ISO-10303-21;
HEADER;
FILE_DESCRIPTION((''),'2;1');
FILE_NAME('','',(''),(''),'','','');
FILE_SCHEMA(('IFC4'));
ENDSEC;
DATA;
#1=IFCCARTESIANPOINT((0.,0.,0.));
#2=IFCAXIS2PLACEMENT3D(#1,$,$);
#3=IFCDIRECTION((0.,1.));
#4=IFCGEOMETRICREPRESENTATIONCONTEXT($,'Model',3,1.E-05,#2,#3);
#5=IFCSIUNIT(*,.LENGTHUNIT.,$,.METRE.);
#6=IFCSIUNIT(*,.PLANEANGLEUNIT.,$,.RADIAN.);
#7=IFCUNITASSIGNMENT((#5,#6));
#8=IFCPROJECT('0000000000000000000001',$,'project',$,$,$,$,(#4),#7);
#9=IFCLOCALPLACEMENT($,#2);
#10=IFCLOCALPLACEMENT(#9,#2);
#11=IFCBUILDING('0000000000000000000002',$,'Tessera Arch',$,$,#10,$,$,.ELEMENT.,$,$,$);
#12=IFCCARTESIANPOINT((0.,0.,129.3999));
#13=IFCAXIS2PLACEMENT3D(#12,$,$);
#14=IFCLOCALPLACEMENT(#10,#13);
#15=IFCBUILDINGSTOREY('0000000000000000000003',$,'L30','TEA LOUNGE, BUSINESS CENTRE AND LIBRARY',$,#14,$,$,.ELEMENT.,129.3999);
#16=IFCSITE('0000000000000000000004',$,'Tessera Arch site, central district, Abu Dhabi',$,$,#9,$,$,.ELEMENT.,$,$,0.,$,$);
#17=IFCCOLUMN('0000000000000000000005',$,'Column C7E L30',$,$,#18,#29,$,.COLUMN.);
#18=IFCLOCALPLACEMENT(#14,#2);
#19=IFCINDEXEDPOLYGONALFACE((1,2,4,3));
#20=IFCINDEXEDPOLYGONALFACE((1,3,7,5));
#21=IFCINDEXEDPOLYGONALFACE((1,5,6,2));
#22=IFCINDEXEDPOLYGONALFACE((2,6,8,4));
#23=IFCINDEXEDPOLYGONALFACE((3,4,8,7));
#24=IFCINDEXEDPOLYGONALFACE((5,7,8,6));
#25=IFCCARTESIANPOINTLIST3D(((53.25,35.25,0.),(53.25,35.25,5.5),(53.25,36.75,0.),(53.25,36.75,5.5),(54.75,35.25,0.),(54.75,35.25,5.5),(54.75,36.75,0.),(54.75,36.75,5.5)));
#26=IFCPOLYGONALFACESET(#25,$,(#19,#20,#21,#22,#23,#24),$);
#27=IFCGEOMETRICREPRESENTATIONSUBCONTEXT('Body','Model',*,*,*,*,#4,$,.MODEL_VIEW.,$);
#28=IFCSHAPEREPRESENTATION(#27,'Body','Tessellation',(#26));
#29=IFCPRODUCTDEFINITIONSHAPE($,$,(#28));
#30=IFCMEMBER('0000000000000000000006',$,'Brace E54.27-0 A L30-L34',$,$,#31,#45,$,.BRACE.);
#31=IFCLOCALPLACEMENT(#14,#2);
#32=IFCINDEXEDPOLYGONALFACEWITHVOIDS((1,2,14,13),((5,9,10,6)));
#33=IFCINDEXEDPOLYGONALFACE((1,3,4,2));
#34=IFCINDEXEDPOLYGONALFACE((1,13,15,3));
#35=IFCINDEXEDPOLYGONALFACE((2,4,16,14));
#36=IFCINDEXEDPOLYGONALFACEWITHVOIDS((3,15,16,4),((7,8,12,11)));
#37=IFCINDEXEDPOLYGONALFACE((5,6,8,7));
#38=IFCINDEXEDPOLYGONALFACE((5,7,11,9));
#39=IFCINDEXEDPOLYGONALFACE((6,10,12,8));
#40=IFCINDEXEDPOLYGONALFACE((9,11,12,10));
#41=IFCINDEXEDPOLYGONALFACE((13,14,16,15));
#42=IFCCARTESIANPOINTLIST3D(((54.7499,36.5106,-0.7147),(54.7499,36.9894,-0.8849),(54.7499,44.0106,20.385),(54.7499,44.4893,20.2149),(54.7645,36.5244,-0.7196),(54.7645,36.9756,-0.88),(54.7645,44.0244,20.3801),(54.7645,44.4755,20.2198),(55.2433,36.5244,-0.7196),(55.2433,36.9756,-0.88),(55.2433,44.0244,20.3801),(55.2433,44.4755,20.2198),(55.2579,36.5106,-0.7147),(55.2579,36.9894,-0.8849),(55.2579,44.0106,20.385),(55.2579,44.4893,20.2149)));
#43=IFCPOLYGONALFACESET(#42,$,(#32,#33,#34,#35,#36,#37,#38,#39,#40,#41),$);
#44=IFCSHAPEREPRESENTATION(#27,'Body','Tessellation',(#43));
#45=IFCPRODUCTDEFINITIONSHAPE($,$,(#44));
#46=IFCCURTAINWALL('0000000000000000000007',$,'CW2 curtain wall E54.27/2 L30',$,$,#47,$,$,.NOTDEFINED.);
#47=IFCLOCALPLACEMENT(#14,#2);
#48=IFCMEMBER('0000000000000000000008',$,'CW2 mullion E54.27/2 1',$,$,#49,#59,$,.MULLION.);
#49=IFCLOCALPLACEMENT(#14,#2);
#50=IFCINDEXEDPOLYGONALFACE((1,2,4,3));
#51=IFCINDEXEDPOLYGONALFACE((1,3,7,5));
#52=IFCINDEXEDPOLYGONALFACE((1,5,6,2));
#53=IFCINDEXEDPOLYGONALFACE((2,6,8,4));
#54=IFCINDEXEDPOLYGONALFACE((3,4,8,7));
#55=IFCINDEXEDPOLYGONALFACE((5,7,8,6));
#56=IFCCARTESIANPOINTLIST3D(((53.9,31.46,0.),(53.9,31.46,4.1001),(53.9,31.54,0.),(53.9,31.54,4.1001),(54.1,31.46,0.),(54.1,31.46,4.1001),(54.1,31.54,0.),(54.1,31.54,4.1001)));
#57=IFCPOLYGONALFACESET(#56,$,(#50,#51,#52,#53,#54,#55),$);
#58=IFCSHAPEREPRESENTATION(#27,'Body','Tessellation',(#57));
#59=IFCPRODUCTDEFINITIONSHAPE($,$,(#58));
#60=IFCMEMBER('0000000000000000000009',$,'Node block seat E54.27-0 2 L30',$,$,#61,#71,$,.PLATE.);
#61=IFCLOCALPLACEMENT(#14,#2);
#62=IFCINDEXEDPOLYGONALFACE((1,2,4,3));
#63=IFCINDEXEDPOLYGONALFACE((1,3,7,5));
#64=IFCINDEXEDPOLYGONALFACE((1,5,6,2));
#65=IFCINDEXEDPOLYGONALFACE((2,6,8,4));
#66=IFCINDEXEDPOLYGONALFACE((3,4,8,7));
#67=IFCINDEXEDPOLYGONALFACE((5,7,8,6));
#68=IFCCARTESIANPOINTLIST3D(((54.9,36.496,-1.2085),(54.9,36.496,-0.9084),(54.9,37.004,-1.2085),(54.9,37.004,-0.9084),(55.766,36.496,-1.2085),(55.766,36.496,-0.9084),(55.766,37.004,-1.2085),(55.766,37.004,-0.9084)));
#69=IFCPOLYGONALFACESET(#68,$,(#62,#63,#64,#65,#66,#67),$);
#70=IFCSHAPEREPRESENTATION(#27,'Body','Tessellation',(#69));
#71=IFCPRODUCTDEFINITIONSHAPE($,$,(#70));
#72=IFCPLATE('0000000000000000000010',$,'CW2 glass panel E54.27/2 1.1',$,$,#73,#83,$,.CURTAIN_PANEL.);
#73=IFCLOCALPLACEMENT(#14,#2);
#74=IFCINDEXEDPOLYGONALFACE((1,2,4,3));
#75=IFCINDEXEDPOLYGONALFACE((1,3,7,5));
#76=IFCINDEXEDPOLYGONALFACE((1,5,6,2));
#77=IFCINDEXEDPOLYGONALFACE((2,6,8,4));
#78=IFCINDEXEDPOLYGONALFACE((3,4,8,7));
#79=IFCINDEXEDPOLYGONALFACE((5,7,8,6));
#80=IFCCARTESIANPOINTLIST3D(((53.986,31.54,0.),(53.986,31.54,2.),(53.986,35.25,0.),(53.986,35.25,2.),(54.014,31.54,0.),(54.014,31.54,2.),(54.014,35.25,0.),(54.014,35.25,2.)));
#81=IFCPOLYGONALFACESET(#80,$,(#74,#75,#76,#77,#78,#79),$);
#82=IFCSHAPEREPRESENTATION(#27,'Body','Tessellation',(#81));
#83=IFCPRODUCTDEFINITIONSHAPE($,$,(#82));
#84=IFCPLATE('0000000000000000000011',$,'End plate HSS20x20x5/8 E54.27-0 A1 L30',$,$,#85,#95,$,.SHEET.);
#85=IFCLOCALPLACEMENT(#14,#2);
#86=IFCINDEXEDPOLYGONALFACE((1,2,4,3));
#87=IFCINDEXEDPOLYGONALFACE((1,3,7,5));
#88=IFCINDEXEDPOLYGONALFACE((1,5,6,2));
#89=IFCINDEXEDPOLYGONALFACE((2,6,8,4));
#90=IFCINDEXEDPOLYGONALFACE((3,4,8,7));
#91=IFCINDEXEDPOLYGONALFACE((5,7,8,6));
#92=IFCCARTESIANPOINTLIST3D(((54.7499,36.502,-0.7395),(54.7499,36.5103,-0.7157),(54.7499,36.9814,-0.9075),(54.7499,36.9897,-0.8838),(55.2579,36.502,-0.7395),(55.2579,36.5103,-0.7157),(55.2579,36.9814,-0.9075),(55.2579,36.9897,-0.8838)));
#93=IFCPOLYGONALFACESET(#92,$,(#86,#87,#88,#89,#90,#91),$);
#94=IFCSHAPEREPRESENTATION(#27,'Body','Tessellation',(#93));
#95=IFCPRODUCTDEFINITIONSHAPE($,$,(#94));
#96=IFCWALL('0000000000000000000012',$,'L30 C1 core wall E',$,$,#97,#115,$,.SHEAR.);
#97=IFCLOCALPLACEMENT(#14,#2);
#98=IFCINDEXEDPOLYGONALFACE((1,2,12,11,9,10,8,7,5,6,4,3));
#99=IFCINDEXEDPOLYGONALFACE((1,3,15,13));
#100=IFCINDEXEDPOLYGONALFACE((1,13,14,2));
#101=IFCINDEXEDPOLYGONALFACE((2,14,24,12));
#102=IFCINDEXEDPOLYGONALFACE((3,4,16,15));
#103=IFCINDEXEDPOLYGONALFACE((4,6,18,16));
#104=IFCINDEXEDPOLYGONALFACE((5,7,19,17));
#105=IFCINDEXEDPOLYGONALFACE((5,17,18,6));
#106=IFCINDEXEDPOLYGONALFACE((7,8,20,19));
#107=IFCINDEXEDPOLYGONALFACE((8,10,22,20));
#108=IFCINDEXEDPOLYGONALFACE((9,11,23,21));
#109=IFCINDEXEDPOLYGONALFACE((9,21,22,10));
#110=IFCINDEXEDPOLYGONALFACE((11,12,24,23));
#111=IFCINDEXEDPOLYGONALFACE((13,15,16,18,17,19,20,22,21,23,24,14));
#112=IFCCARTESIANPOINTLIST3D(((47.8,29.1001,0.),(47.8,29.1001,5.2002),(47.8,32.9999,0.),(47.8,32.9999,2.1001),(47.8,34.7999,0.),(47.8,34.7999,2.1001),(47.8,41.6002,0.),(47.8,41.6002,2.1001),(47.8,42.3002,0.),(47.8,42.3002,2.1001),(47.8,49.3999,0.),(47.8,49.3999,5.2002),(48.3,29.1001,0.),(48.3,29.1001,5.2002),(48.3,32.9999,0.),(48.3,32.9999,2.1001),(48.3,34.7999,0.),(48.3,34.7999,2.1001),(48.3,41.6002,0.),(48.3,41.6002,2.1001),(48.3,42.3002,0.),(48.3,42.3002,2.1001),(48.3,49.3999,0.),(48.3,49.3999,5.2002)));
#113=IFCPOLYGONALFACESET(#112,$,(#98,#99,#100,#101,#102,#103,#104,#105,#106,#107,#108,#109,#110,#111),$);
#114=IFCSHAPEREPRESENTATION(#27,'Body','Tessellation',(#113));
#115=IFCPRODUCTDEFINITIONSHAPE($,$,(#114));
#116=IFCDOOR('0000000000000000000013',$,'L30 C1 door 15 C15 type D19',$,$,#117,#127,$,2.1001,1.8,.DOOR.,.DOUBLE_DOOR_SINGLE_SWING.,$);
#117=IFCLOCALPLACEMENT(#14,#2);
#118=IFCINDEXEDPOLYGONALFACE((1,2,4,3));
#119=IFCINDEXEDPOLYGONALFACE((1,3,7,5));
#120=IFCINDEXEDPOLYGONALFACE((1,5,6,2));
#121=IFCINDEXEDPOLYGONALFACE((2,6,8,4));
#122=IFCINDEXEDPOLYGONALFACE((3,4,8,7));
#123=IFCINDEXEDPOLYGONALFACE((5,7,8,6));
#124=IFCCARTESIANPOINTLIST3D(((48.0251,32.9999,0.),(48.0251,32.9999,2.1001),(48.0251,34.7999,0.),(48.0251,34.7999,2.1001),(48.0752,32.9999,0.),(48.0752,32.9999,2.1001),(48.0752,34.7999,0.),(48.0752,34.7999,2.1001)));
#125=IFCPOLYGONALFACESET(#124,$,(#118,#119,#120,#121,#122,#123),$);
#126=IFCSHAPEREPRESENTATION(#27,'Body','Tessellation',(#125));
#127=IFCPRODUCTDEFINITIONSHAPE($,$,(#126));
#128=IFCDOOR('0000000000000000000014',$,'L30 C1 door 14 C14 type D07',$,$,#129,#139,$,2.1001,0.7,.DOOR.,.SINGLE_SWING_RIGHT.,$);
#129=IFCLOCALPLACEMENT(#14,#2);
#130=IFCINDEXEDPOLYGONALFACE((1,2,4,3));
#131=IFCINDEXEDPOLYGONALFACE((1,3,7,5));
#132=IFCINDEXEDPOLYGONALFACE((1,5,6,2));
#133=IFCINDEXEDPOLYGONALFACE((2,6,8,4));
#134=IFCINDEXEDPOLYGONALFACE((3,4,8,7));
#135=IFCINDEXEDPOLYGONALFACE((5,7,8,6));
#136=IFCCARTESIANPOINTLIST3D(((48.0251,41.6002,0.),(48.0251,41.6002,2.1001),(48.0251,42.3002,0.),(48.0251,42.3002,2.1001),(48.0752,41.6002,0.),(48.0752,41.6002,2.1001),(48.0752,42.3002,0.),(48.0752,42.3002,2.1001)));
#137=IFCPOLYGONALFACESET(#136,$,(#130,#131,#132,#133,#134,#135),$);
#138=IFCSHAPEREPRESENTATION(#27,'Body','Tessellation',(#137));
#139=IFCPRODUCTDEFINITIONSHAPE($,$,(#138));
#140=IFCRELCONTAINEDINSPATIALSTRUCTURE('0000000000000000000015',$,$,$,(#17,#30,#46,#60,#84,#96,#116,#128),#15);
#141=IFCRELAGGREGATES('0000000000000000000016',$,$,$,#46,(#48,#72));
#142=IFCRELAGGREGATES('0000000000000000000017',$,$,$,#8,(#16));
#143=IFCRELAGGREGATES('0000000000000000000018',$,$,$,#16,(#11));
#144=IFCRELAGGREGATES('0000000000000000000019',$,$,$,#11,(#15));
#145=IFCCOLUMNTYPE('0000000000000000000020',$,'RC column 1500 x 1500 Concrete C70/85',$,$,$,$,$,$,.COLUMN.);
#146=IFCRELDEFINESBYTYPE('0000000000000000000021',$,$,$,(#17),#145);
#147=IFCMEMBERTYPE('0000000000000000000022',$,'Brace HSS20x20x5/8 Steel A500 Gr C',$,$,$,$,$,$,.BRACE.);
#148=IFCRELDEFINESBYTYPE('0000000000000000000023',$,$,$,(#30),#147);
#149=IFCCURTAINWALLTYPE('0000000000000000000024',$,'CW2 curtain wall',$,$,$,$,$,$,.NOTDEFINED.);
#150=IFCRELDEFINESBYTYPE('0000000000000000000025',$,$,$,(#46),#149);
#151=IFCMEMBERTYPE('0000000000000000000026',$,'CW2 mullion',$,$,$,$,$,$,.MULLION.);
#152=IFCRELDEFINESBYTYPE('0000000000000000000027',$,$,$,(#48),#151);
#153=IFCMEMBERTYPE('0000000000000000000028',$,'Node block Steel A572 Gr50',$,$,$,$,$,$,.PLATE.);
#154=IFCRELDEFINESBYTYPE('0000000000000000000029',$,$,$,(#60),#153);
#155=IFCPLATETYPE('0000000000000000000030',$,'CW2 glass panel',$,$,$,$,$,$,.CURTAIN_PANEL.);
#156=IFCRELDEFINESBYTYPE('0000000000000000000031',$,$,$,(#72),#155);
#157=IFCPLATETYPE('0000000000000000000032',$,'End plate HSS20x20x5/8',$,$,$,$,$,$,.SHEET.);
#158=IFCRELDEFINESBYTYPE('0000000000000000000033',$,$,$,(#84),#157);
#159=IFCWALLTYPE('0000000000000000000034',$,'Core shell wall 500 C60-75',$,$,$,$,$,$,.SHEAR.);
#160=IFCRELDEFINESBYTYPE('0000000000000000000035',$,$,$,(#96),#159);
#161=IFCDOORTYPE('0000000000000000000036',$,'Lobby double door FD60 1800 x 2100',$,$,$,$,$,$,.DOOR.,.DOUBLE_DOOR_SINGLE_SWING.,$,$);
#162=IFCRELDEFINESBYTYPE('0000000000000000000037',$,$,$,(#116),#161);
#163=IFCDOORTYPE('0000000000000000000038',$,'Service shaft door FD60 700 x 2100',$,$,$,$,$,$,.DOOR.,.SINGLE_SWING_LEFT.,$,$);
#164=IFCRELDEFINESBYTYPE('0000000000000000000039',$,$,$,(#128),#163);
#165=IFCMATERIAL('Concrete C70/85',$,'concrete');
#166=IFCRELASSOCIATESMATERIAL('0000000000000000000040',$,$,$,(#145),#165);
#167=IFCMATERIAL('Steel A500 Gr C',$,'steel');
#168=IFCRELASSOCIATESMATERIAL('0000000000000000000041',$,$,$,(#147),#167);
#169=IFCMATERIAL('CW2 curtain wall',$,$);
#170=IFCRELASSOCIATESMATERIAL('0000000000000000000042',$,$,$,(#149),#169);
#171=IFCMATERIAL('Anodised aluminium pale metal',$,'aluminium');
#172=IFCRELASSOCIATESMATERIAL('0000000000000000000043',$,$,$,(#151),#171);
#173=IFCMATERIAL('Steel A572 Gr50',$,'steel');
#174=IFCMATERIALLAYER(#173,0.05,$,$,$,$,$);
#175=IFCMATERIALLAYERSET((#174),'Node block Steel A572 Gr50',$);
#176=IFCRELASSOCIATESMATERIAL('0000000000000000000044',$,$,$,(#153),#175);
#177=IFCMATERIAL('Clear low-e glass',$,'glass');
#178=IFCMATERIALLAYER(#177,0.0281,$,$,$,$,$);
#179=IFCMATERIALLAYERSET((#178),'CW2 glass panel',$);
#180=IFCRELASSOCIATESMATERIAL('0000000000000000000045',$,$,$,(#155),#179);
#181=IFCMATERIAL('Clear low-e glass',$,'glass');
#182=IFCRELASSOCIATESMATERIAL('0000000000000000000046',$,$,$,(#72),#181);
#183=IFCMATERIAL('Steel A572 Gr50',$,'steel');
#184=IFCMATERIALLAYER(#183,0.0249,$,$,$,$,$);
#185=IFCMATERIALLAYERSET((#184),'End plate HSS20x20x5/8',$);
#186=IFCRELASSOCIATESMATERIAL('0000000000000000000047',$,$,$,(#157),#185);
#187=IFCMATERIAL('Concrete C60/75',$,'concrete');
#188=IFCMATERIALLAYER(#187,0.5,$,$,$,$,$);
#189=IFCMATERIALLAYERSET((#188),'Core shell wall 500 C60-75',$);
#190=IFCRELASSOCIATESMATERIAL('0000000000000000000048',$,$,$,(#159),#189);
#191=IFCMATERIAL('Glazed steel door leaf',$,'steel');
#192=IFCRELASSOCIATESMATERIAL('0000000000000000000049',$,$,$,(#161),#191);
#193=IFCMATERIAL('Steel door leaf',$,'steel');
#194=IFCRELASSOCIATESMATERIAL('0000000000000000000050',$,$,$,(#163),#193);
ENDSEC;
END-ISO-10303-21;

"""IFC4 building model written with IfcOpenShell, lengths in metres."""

from ifc_helpers import new_model, si_unit, direction, frame, frame_2d, origin, origin_2d, place, context, subcontext, project, spatial, rectangle, hollow_rectangle, extrude, material, layer, layer_set, material_profile, profile_set, type_object, element, fill, aggregate, save


model = new_model("IFC4")

# Units and contexts
model_context = context("Model", 3, precision=1e-05, world=origin(), true_north=direction((0.0, 1.0)))
body_context = subcontext(model_context, "Body", "Model", "MODEL_VIEW")
ifc_project = project(units=[si_unit("LENGTHUNIT", "METRE"), si_unit("PLANEANGLEUNIT", "RADIAN")], contexts=[model_context])

# Site, building, storey
site_placement = place(None, origin())
site = spatial("IfcSite", under=ifc_project, at=site_placement, Name="Tessera Arch site, central district, Abu Dhabi", CompositionType="ELEMENT", RefElevation=0.0)
building_placement = place(site_placement, origin())
building = spatial("IfcBuilding", under=site, at=building_placement, Name="Tessera Arch", CompositionType="ELEMENT")
storey_placement = place(building_placement, frame((0.0, 0.0, 129.3999)))
storey = spatial("IfcBuildingStorey", under=building, at=storey_placement, Name="L30", Description="TEA LOUNGE, BUSINESS CENTRE AND LIBRARY", CompositionType="ELEMENT", Elevation=129.3999)

# Column
ifc_material_1 = material(Name="Concrete C70/85", Category="concrete")
ifc_material_profile_1 = material_profile(ifc_material_1, rectangle(XDim=1.5, YDim=1.5, at=origin_2d()), Name="RC column 1500 x 1500 Concrete C70/85")
ifc_profile_set_1 = profile_set([ifc_material_profile_1], Name="Concrete C70/85")
column_type = type_object("IfcColumnType", Name="RC column 1500 x 1500 Concrete C70/85", PredefinedType="COLUMN", material=ifc_profile_set_1)
column_placement = place(storey_placement, frame((54.0, 36.0, 0.0), z_axis=(0.0, 0.0, 1.0), x_axis=(1.0, 0.0, 0.0)))
element("IfcColumn", 1, at=column_placement, inside=storey, type_object=column_type, Name="Column C7E L30", PredefinedType="COLUMN", context=body_context, shape_type="SweptSolid", body=[
    extrude(rectangle(XDim=1.5, YDim=1.5, at=origin_2d()), origin(), (0.0, 0.0, 1.0), 5.5),
])

# Member
ifc_material_2 = material(Name="Steel A500 Gr C", Category="steel")
ifc_material_profile_2 = material_profile(ifc_material_2, hollow_rectangle(XDim=0.5081, YDim=0.5081, WallThickness=0.0146, at=origin_2d()), Name="HSS20x20x5/8")
ifc_profile_set_2 = profile_set([ifc_material_profile_2], Name="Steel A500 Gr C")
member_type_1 = type_object("IfcMemberType", Name="Brace HSS20x20x5/8 Steel A500 Gr C", PredefinedType="BRACE", material=ifc_profile_set_2)
member_1_placement = place(storey_placement, frame((55.0039, 36.75, -0.7998), z_axis=(0.0, 0.334924, 0.942245), x_axis=(-1.0, 0.0, 0.0)))
element("IfcMember", 2, at=member_1_placement, inside=storey, type_object=member_type_1, Name="Brace E54.27-0 A L30-L34", PredefinedType="BRACE", context=body_context, shape_type="SweptSolid", body=[
    extrude(hollow_rectangle(XDim=0.5081, YDim=0.5081, WallThickness=0.0146, at=origin_2d()), origin(), (0.0, 0.0, 1.0), 22.3931),
])

# Curtain wall, member
ifc_material_3 = material(Name="CW2 curtain wall")
curtain_wall_type = type_object("IfcCurtainWallType", Name="CW2 curtain wall", PredefinedType="NOTDEFINED", material=ifc_material_3)
curtain_wall_placement = place(storey_placement, origin())
curtain_wall = element("IfcCurtainWall", 3, at=curtain_wall_placement, inside=storey, type_object=curtain_wall_type, Name="CW2 curtain wall E54.27/2 L30", PredefinedType="NOTDEFINED")
ifc_material_4 = material(Name="Anodised aluminium pale metal", Category="aluminium")
ifc_material_profile_3 = material_profile(ifc_material_4, rectangle(XDim=0.2, YDim=0.0801, at=origin_2d()), Name="AL 80x200")
ifc_profile_set_3 = profile_set([ifc_material_profile_3], Name="Anodised aluminium pale metal")
member_type_2 = type_object("IfcMemberType", Name="CW2 mullion", PredefinedType="MULLION", material=ifc_profile_set_3)
member_2_placement = place(storey_placement, frame((54.0, 31.5, 0.0), z_axis=(0.0, 0.0, 1.0), x_axis=(-1.0, 0.0, 0.0)))
member_2 = element("IfcMember", 4, at=member_2_placement, type_object=member_type_2, Name="CW2 mullion E54.27/2 1", PredefinedType="MULLION", context=body_context, shape_type="SweptSolid", body=[
    extrude(rectangle(XDim=0.2, YDim=0.0801, at=origin_2d()), origin(), (0.0, 0.0, 1.0), 4.1001),
])

# Member
ifc_material_5 = material(Name="Steel A572 Gr50", Category="steel")
ifc_layer_1 = layer(ifc_material_5, 0.05)
ifc_layer_set_1 = layer_set([ifc_layer_1], Name="Node block Steel A572 Gr50")
member_type_3 = type_object("IfcMemberType", Name="Node block Steel A572 Gr50", PredefinedType="PLATE", material=ifc_layer_set_1)
member_3_placement = place(storey_placement, frame((55.333, 36.75, -1.2085), z_axis=(0.0, 0.0, 1.0), x_axis=(0.0, 1.0, 0.0)))
element("IfcMember", 5, at=member_3_placement, inside=storey, type_object=member_type_3, Name="Node block seat E54.27-0 2 L30", PredefinedType="PLATE", context=body_context, shape_type="SweptSolid", body=[
    extrude(rectangle(XDim=0.5081, YDim=0.866, at=origin_2d()), origin(), (0.0, 0.0, 1.0), 0.3),
])

# Plates
ifc_material_6 = material(Name="Clear low-e glass", Category="glass")
ifc_material_7 = material(Name="Clear low-e glass", Category="glass")
ifc_layer_2 = layer(ifc_material_7, 0.0281)
ifc_layer_set_2 = layer_set([ifc_layer_2], Name="CW2 glass panel")
plate_type_1 = type_object("IfcPlateType", Name="CW2 glass panel", PredefinedType="CURTAIN_PANEL", material=ifc_layer_set_2)
plate_1_placement = place(storey_placement, frame((54.0, 33.395, 0.0), z_axis=(0.0, 0.0, 1.0), x_axis=(0.0, 1.0, 0.0)))
plate_1 = element("IfcPlate", 6, at=plate_1_placement, type_object=plate_type_1, material=ifc_material_6, Name="CW2 glass panel E54.27/2 1.1", PredefinedType="CURTAIN_PANEL", context=body_context, shape_type="SweptSolid", body=[
    extrude(rectangle(XDim=3.71, YDim=0.0281, at=origin_2d()), origin(), (0.0, 0.0, 1.0), 2.0),
])
aggregate(curtain_wall, [member_2, plate_1])
ifc_material_8 = material(Name="Steel A572 Gr50", Category="steel")
ifc_layer_3 = layer(ifc_material_8, 0.0249)
ifc_layer_set_3 = layer_set([ifc_layer_3], Name="End plate HSS20x20x5/8")
plate_type_2 = type_object("IfcPlateType", Name="End plate HSS20x20x5/8", PredefinedType="SHEET", material=ifc_layer_set_3)
plate_2_placement = place(storey_placement, frame((55.0039, 36.7417, -0.8235), z_axis=(0.0, 0.330784, 0.943707), x_axis=(-1.0, 0.0, 0.0)))
element("IfcPlate", 7, at=plate_2_placement, inside=storey, type_object=plate_type_2, Name="End plate HSS20x20x5/8 E54.27-0 A1 L30", PredefinedType="SHEET", context=body_context, shape_type="SweptSolid", body=[
    extrude(rectangle(XDim=0.5081, YDim=0.5081, at=origin_2d()), origin(), (0.0, 0.0, 1.0), 0.0251),
])

# Wall, openings, doors
ifc_material_9 = material(Name="Concrete C60/75", Category="concrete")
ifc_layer_4 = layer(ifc_material_9, 0.5)
ifc_layer_set_4 = layer_set([ifc_layer_4], Name="Core shell wall 500 C60-75")
wall_type_1 = type_object("IfcWallType", Name="Core shell wall 500 C60-75", PredefinedType="SHEAR", material=ifc_layer_set_4)
wall_1_placement = place(storey_placement, frame((48.05, 29.1001, 0.0), z_axis=(0.0, 0.0, 1.0), x_axis=(0.0, 1.0, 0.0)))
wall_1 = element("IfcWall", 8, at=wall_1_placement, inside=storey, type_object=wall_type_1, Name="L30 C1 core wall E", PredefinedType="SHEAR", context=body_context, shape_type="SweptSolid", body=[
    extrude(rectangle(XDim=20.2998, YDim=0.5, at=frame_2d((10.1499, 0.0))), origin(), (0.0, 0.0, 1.0), 5.2002),
])
opening_1_placement = place(wall_1_placement, frame((12.5, 0.0, 0.0)))
opening_1 = element("IfcOpeningElement", 9, at=opening_1_placement, cuts=wall_1, PredefinedType="OPENING", context=body_context, shape_type="SweptSolid", body=[
    extrude(rectangle(XDim=0.7, YDim=2.1001, at=frame_2d((0.3501, 1.05))), frame((0.0, 0.26, 0.0), z_axis=(0.0, -1.0, 0.0), x_axis=(1.0, 0.0, 0.0)), (0.0, 0.0, 1.0), 0.52),
])
opening_2_placement = place(wall_1_placement, frame((3.8999, 0.0, 0.0)))
opening_2 = element("IfcOpeningElement", 10, at=opening_2_placement, cuts=wall_1, PredefinedType="OPENING", context=body_context, shape_type="SweptSolid", body=[
    extrude(rectangle(XDim=1.8, YDim=2.1001, at=frame_2d((0.8999, 1.05))), frame((0.0, 0.26, 0.0), z_axis=(0.0, -1.0, 0.0), x_axis=(1.0, 0.0, 0.0)), (0.0, 0.0, 1.0), 0.52),
])
ifc_material_10 = material(Name="Glazed steel door leaf", Category="steel")
door_type_1 = type_object("IfcDoorType", Name="Lobby double door FD60 1800 x 2100", OperationType="DOUBLE_DOOR_SINGLE_SWING", PredefinedType="DOOR", material=ifc_material_10)
door_1_placement = place(opening_2_placement, origin())
door_1 = element("IfcDoor", 11, at=door_1_placement, inside=storey, type_object=door_type_1, Name="L30 C1 door 15 C15 type D19", OperationType="DOUBLE_DOOR_SINGLE_SWING", OverallHeight=2.1001, OverallWidth=1.8, PredefinedType="DOOR", context=body_context, shape_type="SweptSolid", body=[
    extrude(rectangle(XDim=1.8, YDim=2.1001, at=frame_2d((0.8999, 1.05))), frame((0.0, 0.0249, 0.0), z_axis=(0.0, -1.0, 0.0), x_axis=(1.0, 0.0, 0.0)), (0.0, 0.0, 1.0), 0.05),
])
fill(opening_2, door_1)
ifc_material_11 = material(Name="Steel door leaf", Category="steel")
door_type_2 = type_object("IfcDoorType", Name="Service shaft door FD60 700 x 2100", OperationType="SINGLE_SWING_LEFT", PredefinedType="DOOR", material=ifc_material_11)
door_2_placement = place(opening_1_placement, origin())
door_2 = element("IfcDoor", 12, at=door_2_placement, inside=storey, type_object=door_type_2, Name="L30 C1 door 14 C14 type D07", OperationType="SINGLE_SWING_RIGHT", OverallHeight=2.1001, OverallWidth=0.7, PredefinedType="DOOR", context=body_context, shape_type="SweptSolid", body=[
    extrude(rectangle(XDim=0.7, YDim=2.1001, at=frame_2d((0.3501, 1.05))), frame((0.0, 0.0249, 0.0), z_axis=(0.0, -1.0, 0.0), x_axis=(1.0, 0.0, 0.0)), (0.0, 0.0, 1.0), 0.05),
])
fill(opening_1, door_2)

save(model, "model.ifc")
